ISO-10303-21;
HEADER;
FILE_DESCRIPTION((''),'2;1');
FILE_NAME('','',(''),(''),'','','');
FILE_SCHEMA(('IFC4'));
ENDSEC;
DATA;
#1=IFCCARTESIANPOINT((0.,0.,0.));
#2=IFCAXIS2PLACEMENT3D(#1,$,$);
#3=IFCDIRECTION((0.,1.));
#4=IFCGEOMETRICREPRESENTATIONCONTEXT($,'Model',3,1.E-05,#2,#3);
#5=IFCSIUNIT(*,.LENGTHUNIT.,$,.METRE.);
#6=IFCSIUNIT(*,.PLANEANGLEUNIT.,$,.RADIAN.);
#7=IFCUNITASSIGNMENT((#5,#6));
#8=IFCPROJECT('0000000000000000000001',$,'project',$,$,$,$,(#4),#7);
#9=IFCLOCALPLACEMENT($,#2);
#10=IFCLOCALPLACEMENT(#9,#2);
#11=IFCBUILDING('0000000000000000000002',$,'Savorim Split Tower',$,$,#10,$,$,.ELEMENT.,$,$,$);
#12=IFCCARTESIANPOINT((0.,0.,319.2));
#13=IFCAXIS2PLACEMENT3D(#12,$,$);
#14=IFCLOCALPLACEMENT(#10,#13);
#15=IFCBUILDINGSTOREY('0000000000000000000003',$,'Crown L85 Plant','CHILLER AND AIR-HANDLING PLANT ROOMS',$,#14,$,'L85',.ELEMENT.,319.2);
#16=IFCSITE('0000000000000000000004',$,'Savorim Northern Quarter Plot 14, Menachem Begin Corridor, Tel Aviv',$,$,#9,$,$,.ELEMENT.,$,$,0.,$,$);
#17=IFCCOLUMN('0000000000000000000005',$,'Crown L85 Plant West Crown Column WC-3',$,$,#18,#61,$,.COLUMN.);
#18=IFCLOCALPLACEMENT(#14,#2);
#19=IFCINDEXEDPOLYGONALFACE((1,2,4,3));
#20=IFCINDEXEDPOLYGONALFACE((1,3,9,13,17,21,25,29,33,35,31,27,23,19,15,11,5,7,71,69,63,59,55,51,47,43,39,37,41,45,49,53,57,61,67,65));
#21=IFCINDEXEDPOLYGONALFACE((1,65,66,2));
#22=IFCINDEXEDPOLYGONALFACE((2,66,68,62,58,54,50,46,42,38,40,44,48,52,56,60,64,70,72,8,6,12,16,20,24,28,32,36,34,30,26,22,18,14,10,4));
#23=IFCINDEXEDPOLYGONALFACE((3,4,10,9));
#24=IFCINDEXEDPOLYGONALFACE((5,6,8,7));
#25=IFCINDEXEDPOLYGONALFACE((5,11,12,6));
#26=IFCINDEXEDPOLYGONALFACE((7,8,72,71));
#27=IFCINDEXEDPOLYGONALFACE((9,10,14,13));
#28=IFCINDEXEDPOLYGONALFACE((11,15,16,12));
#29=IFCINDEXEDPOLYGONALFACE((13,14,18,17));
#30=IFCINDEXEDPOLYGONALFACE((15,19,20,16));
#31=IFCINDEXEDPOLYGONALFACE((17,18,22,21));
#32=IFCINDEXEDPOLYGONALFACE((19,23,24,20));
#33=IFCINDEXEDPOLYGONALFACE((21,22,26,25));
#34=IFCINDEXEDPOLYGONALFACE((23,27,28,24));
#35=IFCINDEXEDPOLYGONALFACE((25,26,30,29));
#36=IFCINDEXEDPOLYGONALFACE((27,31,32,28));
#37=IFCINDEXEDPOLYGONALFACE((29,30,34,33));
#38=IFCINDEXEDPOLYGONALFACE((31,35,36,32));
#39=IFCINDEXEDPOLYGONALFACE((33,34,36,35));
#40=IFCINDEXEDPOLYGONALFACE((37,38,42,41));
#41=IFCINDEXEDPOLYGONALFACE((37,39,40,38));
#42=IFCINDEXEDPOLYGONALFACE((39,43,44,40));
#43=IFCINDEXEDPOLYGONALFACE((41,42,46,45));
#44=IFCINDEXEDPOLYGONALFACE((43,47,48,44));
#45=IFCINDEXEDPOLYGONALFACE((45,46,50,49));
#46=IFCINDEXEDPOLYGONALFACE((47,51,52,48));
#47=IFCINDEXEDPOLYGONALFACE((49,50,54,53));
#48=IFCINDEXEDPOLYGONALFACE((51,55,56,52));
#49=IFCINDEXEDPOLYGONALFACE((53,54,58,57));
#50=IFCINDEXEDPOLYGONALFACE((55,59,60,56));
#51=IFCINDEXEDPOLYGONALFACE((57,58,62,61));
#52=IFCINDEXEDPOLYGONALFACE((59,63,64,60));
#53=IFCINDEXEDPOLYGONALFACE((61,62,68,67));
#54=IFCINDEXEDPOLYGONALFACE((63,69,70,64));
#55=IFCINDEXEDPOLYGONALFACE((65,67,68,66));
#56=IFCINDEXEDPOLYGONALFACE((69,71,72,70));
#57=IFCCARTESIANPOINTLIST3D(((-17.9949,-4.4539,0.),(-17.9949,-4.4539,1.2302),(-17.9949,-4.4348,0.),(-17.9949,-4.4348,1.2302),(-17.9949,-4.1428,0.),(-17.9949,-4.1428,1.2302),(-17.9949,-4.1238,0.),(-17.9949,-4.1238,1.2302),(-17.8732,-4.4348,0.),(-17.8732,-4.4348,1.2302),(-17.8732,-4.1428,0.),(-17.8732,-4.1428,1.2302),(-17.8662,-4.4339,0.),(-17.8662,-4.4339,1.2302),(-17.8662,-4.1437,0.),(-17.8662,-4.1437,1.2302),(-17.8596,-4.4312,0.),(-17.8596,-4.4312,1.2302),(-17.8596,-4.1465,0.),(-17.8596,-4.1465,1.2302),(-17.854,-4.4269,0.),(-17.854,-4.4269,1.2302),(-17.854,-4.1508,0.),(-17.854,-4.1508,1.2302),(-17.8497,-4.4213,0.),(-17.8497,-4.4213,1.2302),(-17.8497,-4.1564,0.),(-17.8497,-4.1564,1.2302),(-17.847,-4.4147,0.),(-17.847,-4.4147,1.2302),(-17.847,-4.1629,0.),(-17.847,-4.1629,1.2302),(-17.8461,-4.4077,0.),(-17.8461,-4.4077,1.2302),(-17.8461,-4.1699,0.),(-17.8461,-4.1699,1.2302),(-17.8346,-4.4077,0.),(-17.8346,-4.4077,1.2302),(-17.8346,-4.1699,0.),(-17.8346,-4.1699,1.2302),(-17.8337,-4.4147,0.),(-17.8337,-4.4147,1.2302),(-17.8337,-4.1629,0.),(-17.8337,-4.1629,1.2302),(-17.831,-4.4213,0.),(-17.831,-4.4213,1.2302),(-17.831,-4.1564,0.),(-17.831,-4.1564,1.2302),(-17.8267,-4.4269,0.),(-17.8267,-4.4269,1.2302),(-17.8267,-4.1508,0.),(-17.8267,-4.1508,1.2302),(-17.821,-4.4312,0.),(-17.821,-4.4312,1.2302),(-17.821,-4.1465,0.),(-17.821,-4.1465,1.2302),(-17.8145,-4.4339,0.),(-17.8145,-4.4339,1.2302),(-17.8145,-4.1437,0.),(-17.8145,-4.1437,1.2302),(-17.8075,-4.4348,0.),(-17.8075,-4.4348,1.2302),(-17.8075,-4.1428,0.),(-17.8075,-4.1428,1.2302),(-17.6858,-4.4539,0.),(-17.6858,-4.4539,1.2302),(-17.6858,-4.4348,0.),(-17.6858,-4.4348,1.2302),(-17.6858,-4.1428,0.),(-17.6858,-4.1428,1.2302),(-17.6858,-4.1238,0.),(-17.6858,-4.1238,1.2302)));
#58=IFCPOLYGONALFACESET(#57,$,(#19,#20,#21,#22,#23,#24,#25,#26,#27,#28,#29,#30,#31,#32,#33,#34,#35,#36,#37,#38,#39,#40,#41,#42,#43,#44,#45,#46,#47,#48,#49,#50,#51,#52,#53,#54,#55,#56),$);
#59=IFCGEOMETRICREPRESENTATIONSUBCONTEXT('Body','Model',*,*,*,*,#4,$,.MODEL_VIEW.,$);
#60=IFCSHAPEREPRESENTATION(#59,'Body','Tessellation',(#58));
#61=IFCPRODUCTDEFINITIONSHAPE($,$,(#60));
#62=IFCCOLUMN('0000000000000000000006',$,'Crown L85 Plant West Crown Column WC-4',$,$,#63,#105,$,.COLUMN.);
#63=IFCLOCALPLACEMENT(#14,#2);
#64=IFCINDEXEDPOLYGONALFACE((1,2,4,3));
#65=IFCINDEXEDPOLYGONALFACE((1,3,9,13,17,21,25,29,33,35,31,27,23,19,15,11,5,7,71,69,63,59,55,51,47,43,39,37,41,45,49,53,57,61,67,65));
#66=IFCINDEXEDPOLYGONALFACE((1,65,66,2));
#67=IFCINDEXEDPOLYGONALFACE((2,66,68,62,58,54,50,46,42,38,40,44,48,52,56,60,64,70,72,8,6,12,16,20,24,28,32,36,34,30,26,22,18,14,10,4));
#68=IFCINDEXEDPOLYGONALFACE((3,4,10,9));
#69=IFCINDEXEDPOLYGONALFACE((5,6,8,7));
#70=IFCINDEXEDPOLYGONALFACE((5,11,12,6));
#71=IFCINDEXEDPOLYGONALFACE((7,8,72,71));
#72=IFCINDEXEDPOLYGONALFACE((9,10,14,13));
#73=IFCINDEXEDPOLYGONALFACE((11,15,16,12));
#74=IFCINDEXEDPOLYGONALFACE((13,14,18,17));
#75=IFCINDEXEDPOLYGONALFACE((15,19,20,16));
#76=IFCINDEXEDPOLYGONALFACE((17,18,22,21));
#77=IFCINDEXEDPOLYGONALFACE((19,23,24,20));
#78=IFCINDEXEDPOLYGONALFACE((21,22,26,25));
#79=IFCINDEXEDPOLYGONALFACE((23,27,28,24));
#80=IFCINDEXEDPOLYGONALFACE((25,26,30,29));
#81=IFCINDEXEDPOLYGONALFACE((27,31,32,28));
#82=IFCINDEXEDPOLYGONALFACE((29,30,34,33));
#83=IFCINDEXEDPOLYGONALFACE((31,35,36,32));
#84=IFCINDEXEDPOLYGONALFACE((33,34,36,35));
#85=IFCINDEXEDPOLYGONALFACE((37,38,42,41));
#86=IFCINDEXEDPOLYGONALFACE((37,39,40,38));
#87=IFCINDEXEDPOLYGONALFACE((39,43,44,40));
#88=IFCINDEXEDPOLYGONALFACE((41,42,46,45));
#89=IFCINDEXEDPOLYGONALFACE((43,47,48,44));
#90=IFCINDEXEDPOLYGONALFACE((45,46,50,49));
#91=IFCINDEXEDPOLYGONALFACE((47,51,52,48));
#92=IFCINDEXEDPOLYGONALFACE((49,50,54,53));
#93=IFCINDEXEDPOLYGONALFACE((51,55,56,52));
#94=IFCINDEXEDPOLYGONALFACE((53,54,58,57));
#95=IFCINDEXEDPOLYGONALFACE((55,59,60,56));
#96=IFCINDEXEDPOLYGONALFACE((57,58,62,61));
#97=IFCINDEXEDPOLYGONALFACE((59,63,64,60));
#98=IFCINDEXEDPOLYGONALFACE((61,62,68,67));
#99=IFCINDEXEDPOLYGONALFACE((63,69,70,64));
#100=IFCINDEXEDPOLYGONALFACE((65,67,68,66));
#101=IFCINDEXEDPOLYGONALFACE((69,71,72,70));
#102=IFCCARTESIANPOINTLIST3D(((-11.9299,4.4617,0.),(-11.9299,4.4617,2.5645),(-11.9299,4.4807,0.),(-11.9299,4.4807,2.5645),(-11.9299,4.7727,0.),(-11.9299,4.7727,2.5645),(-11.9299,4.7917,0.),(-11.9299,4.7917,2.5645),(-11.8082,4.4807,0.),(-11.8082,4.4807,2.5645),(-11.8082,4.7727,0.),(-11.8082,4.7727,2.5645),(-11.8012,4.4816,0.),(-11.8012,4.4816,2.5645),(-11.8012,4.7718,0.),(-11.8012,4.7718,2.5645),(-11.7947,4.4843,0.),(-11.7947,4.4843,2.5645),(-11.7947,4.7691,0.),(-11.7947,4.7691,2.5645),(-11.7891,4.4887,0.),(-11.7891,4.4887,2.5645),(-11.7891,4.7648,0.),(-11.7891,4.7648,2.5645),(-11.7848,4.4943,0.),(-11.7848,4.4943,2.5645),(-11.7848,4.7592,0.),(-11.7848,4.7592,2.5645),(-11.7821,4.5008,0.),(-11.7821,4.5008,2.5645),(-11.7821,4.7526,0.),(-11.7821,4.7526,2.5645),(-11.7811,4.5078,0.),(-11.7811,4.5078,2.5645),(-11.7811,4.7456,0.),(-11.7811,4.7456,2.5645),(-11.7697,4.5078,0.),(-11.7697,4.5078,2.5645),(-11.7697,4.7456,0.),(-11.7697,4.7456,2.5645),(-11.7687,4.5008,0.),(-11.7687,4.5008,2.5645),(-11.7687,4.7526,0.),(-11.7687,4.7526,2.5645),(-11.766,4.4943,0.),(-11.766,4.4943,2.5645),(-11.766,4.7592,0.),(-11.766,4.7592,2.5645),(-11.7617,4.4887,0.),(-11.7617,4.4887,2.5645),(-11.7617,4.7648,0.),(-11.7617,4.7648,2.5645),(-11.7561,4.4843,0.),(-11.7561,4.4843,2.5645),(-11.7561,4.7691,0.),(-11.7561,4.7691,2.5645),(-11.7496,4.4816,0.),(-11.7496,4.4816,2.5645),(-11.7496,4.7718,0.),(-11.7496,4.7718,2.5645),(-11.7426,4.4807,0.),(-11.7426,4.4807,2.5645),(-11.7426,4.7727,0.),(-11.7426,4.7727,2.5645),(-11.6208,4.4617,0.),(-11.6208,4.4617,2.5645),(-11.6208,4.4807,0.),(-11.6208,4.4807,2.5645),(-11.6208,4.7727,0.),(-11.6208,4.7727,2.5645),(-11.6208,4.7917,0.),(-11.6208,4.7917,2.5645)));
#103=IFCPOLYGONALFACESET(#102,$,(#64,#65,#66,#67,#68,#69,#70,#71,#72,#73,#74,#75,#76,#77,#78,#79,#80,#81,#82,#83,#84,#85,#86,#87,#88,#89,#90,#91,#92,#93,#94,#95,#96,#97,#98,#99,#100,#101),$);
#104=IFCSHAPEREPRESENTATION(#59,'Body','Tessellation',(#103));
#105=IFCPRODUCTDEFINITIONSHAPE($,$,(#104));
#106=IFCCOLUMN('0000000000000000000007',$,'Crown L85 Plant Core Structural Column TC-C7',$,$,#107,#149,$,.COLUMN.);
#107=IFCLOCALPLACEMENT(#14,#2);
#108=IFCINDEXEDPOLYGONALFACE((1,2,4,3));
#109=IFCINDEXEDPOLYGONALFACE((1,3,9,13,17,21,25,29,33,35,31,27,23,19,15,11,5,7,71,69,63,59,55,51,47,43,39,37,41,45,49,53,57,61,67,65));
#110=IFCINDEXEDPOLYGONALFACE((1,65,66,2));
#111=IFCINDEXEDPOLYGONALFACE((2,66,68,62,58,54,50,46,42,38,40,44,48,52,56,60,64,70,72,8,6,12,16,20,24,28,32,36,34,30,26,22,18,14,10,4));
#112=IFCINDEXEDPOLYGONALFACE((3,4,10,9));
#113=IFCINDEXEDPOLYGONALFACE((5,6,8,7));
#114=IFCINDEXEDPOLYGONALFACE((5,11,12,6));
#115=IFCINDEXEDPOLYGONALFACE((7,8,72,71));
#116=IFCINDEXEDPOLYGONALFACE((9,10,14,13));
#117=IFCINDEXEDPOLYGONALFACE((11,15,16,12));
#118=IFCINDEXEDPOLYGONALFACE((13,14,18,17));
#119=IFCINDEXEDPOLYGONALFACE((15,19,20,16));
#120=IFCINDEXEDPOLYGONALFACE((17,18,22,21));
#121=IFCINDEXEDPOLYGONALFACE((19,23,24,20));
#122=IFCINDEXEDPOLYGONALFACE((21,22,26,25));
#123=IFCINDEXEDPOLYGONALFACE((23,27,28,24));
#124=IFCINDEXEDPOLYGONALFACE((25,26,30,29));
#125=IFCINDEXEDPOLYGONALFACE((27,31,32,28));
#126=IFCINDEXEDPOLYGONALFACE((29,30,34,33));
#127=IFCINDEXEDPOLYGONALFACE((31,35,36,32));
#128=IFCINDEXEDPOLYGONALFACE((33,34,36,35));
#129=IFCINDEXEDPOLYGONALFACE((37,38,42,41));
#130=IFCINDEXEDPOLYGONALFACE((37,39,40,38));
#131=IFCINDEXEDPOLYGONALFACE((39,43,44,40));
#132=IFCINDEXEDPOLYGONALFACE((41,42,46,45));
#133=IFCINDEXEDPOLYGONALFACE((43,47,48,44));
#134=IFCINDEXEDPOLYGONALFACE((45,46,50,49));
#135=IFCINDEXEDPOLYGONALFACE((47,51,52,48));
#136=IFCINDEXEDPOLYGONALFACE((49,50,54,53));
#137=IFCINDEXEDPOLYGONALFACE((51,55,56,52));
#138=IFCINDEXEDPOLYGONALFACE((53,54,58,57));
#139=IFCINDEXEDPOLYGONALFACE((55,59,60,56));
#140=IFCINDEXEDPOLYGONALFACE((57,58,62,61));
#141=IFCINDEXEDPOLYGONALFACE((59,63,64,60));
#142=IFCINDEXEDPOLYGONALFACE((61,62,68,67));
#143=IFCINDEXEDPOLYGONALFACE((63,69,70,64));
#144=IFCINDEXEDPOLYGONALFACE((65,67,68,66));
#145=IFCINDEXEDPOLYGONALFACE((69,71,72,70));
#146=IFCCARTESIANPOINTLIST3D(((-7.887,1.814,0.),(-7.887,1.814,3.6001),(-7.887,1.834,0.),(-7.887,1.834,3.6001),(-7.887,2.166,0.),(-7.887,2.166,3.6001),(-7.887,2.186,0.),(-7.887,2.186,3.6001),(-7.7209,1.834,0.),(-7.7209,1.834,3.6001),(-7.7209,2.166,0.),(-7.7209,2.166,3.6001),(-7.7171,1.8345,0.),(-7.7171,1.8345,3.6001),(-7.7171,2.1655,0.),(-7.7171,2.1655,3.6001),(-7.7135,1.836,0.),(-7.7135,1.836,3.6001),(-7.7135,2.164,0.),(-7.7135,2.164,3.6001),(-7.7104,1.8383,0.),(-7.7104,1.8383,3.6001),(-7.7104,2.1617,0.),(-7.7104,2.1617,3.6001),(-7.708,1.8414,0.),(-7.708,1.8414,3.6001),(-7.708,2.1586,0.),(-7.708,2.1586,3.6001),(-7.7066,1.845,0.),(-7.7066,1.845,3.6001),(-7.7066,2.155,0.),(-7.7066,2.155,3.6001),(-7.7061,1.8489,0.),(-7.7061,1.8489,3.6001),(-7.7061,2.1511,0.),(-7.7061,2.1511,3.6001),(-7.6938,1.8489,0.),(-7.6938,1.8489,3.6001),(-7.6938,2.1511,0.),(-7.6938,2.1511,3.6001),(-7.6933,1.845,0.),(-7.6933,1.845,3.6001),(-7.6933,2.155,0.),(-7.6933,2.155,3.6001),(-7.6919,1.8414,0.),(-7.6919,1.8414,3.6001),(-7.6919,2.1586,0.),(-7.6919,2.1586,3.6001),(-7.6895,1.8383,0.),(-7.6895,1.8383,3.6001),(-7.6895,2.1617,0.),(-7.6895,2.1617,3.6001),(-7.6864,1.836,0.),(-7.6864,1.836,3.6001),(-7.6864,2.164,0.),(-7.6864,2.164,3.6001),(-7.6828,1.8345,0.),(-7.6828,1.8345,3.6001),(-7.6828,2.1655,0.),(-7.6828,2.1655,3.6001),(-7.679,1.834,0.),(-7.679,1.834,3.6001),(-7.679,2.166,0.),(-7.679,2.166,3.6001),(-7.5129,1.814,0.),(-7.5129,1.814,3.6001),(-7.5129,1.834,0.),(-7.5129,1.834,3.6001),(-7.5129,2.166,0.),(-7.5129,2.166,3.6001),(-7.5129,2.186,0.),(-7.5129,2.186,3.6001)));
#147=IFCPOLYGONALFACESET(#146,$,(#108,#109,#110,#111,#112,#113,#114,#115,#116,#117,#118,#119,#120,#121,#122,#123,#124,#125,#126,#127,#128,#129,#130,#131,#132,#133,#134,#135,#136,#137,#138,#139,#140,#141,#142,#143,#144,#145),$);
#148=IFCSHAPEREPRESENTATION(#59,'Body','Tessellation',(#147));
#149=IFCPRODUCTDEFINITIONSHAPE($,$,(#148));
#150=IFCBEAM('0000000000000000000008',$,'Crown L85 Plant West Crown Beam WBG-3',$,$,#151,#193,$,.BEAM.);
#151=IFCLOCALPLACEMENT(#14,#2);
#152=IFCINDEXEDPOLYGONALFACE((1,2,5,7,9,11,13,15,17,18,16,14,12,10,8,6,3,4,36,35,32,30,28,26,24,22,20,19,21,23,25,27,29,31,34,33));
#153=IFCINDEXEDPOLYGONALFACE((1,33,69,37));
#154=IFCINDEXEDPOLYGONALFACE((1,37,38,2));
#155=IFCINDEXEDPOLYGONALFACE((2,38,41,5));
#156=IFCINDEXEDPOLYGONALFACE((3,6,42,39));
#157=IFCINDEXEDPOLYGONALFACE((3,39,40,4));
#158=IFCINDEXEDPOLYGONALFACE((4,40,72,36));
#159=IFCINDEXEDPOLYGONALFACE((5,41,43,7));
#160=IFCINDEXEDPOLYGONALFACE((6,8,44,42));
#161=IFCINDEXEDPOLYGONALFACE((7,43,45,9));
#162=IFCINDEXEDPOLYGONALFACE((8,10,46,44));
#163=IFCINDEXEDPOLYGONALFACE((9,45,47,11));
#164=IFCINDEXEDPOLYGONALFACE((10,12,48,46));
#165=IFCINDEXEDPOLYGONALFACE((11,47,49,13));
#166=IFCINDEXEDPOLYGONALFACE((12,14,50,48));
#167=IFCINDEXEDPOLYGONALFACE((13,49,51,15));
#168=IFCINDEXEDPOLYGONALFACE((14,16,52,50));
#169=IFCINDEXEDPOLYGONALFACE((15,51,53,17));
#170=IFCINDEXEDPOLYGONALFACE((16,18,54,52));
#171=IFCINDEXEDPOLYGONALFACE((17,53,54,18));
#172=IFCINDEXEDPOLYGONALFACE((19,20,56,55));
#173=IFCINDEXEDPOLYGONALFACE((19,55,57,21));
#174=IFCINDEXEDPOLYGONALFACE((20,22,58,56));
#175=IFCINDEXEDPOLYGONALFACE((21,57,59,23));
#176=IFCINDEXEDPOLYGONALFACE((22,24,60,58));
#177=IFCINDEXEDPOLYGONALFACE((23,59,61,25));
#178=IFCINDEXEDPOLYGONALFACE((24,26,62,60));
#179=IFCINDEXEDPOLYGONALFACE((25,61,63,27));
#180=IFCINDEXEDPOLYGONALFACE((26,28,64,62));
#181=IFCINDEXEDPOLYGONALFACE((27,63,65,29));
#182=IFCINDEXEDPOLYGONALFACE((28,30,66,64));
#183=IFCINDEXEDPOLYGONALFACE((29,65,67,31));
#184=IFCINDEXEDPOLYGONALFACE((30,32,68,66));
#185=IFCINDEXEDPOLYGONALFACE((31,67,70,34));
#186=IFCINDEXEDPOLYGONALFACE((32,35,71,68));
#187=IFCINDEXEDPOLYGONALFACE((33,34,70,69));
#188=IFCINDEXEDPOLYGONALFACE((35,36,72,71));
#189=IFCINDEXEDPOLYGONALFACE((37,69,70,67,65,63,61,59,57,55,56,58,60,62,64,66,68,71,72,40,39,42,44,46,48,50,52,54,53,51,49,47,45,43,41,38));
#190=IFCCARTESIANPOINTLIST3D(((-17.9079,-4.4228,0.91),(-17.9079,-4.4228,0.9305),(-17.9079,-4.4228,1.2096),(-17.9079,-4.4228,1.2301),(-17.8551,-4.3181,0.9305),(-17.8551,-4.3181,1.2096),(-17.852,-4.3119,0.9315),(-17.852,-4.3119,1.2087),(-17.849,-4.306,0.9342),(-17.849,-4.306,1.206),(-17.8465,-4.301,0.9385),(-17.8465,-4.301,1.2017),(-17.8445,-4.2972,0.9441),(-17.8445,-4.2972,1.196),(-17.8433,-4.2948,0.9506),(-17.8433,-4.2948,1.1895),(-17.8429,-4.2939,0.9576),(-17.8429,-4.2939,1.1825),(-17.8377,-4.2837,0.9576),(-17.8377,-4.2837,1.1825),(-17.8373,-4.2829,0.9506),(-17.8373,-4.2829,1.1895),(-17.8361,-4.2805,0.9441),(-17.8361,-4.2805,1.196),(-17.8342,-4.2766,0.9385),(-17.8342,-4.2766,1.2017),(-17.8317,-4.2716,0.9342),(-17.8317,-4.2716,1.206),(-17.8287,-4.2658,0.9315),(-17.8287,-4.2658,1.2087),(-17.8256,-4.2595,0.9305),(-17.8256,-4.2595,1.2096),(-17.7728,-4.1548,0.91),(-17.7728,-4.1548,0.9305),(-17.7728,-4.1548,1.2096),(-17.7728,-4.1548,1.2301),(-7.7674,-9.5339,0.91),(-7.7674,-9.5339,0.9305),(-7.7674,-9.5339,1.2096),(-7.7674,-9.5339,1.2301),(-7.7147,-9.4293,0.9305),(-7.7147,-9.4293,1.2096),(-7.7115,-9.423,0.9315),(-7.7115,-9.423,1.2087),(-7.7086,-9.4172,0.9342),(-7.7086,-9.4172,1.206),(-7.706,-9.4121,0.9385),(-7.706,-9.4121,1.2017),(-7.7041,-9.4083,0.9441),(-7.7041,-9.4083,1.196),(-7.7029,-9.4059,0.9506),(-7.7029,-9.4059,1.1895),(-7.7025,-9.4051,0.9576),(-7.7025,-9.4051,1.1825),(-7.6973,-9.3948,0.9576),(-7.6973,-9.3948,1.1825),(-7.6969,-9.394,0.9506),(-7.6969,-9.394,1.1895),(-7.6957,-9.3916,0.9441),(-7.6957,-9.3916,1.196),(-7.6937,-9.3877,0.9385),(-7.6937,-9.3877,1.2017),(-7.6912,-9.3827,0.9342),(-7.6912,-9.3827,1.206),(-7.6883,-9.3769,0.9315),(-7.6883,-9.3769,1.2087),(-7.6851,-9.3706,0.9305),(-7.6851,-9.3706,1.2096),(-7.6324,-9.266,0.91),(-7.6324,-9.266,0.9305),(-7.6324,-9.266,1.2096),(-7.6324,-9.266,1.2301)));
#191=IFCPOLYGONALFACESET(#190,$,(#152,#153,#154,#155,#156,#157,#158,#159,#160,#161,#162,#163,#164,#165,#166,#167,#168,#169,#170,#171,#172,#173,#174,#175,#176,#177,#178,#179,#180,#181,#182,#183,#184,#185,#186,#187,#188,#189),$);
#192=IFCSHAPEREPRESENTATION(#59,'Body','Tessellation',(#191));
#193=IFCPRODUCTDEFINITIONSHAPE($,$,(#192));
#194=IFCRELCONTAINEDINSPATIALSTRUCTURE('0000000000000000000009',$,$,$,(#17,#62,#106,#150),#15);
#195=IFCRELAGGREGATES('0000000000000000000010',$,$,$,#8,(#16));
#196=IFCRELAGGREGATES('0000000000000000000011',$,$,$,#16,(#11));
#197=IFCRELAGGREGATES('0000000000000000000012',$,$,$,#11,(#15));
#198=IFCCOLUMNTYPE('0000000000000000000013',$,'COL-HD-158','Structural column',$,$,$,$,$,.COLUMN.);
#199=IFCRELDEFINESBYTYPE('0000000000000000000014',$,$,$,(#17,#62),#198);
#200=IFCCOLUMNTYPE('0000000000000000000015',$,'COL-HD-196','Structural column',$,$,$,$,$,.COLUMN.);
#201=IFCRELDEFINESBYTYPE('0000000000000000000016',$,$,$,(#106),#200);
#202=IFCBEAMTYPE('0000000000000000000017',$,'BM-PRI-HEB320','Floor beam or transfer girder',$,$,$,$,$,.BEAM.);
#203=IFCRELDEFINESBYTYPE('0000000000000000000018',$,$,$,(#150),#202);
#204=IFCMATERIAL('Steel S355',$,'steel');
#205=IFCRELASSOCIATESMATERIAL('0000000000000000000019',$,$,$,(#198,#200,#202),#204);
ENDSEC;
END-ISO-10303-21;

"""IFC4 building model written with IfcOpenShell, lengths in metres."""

from ifc_helpers import new_model, si_unit, direction, frame, origin, origin_2d, place, context, subcontext, project, spatial, i_section, extrude, material, material_profile, profile_set, type_object, element, save


model = new_model("IFC4")

# Units and contexts
model_context = context("Model", 3, precision=1e-05, world=origin(), true_north=direction((0.0, 1.0)))
body_context = subcontext(model_context, "Body", "Model", "MODEL_VIEW")
ifc_project = project(units=[si_unit("LENGTHUNIT", "METRE"), si_unit("PLANEANGLEUNIT", "RADIAN")], contexts=[model_context])

# Site, building, storey
site_placement = place(None, origin())
site = spatial("IfcSite", under=ifc_project, at=site_placement, Name="Savorim Northern Quarter Plot 14, Menachem Begin Corridor, Tel Aviv", CompositionType="ELEMENT", RefElevation=0.0)
building_placement = place(site_placement, origin())
building = spatial("IfcBuilding", under=site, at=building_placement, Name="Savorim Split Tower", CompositionType="ELEMENT")
storey_placement = place(building_placement, frame((0.0, 0.0, 319.2)))
storey = spatial("IfcBuildingStorey", under=building, at=storey_placement, Name="Crown L85 Plant", Description="CHILLER AND AIR-HANDLING PLANT ROOMS", LongName="L85", CompositionType="ELEMENT", Elevation=319.2)

# Columns
ifc_material_1 = material(Name="Steel S355", Category="steel")
ifc_material_profile_1 = material_profile(ifc_material_1, i_section(OverallWidth=0.3091, OverallDepth=0.3301, WebThickness=0.0115, FlangeThickness=0.019, FilletRadius=0.0271, at=origin_2d()), Name="HD 320x158")
ifc_profile_set_1 = profile_set([ifc_material_profile_1], Name="Steel S355")
column_type_1 = type_object("IfcColumnType", Name="COL-HD-158", Description="Structural column", PredefinedType="COLUMN", material=ifc_profile_set_1)
column_1_placement = place(storey_placement, frame((-17.8403, -4.2888, 0.0), z_axis=(0.0, 0.0, 1.0), x_axis=(1.0, 0.0, 0.0)))
element("IfcColumn", 1, at=column_1_placement, inside=storey, type_object=column_type_1, Name="Crown L85 Plant West Crown Column WC-3", PredefinedType="COLUMN", context=body_context, shape_type="SweptSolid", body=[
    extrude(i_section(OverallWidth=0.3091, OverallDepth=0.3301, WebThickness=0.0115, FlangeThickness=0.019, FilletRadius=0.0271, at=origin_2d()), origin(), (0.0, 0.0, 1.0), 1.2302),
])
column_2_placement = place(storey_placement, frame((-11.7754, 4.6267, 0.0), z_axis=(0.0, 0.0, 1.0), x_axis=(1.0, 0.0, 0.0)))
element("IfcColumn", 2, at=column_2_placement, inside=storey, type_object=column_type_1, Name="Crown L85 Plant West Crown Column WC-4", PredefinedType="COLUMN", context=body_context, shape_type="SweptSolid", body=[
    extrude(i_section(OverallWidth=0.3091, OverallDepth=0.3301, WebThickness=0.0115, FlangeThickness=0.019, FilletRadius=0.0271, at=origin_2d()), origin(), (0.0, 0.0, 1.0), 2.5645),
])
ifc_material_profile_2 = material_profile(ifc_material_1, i_section(OverallWidth=0.374, OverallDepth=0.3721, WebThickness=0.0122, FlangeThickness=0.02, FilletRadius=0.0149, at=origin_2d()), Name="HD 360x196")
ifc_profile_set_2 = profile_set([ifc_material_profile_2], Name="Steel S355")
column_type_2 = type_object("IfcColumnType", Name="COL-HD-196", Description="Structural column", PredefinedType="COLUMN", material=ifc_profile_set_2)
column_3_placement = place(storey_placement, frame((-7.7, 2.0, 0.0), z_axis=(0.0, 0.0, 1.0), x_axis=(1.0, 0.0, 0.0)))
element("IfcColumn", 3, at=column_3_placement, inside=storey, type_object=column_type_2, Name="Crown L85 Plant Core Structural Column TC-C7", PredefinedType="COLUMN", context=body_context, shape_type="SweptSolid", body=[
    extrude(i_section(OverallWidth=0.374, OverallDepth=0.3721, WebThickness=0.0122, FlangeThickness=0.02, FilletRadius=0.0149, at=origin_2d()), origin(), (0.0, 0.0, 1.0), 3.6001),
])

# Beam
ifc_material_profile_3 = material_profile(ifc_material_1, i_section(OverallWidth=0.3, OverallDepth=0.3201, WebThickness=0.0115, FlangeThickness=0.0205, FilletRadius=0.0271, at=origin_2d()), Name="HEB 320")
ifc_profile_set_3 = profile_set([ifc_material_profile_3], Name="Steel S355")
beam_type = type_object("IfcBeamType", Name="BM-PRI-HEB320", Description="Floor beam or transfer girder", PredefinedType="BEAM", material=ifc_profile_set_3)
beam_1_placement = place(storey_placement, frame((-17.8403, -4.2888, 1.0701), z_axis=(0.892982, -0.450092, 0.0), x_axis=(0.450092, 0.892982, 0.0)))
element("IfcBeam", 4, at=beam_1_placement, inside=storey, type_object=beam_type, Name="Crown L85 Plant West Crown Beam WBG-3", PredefinedType="BEAM", context=body_context, shape_type="SweptSolid", body=[
    extrude(i_section(OverallWidth=0.3, OverallDepth=0.3201, WebThickness=0.0115, FlangeThickness=0.0205, FilletRadius=0.0271, at=origin_2d()), origin(), (0.0, 0.0, 1.0), 11.3557),
])

save(model, "model.ifc")
